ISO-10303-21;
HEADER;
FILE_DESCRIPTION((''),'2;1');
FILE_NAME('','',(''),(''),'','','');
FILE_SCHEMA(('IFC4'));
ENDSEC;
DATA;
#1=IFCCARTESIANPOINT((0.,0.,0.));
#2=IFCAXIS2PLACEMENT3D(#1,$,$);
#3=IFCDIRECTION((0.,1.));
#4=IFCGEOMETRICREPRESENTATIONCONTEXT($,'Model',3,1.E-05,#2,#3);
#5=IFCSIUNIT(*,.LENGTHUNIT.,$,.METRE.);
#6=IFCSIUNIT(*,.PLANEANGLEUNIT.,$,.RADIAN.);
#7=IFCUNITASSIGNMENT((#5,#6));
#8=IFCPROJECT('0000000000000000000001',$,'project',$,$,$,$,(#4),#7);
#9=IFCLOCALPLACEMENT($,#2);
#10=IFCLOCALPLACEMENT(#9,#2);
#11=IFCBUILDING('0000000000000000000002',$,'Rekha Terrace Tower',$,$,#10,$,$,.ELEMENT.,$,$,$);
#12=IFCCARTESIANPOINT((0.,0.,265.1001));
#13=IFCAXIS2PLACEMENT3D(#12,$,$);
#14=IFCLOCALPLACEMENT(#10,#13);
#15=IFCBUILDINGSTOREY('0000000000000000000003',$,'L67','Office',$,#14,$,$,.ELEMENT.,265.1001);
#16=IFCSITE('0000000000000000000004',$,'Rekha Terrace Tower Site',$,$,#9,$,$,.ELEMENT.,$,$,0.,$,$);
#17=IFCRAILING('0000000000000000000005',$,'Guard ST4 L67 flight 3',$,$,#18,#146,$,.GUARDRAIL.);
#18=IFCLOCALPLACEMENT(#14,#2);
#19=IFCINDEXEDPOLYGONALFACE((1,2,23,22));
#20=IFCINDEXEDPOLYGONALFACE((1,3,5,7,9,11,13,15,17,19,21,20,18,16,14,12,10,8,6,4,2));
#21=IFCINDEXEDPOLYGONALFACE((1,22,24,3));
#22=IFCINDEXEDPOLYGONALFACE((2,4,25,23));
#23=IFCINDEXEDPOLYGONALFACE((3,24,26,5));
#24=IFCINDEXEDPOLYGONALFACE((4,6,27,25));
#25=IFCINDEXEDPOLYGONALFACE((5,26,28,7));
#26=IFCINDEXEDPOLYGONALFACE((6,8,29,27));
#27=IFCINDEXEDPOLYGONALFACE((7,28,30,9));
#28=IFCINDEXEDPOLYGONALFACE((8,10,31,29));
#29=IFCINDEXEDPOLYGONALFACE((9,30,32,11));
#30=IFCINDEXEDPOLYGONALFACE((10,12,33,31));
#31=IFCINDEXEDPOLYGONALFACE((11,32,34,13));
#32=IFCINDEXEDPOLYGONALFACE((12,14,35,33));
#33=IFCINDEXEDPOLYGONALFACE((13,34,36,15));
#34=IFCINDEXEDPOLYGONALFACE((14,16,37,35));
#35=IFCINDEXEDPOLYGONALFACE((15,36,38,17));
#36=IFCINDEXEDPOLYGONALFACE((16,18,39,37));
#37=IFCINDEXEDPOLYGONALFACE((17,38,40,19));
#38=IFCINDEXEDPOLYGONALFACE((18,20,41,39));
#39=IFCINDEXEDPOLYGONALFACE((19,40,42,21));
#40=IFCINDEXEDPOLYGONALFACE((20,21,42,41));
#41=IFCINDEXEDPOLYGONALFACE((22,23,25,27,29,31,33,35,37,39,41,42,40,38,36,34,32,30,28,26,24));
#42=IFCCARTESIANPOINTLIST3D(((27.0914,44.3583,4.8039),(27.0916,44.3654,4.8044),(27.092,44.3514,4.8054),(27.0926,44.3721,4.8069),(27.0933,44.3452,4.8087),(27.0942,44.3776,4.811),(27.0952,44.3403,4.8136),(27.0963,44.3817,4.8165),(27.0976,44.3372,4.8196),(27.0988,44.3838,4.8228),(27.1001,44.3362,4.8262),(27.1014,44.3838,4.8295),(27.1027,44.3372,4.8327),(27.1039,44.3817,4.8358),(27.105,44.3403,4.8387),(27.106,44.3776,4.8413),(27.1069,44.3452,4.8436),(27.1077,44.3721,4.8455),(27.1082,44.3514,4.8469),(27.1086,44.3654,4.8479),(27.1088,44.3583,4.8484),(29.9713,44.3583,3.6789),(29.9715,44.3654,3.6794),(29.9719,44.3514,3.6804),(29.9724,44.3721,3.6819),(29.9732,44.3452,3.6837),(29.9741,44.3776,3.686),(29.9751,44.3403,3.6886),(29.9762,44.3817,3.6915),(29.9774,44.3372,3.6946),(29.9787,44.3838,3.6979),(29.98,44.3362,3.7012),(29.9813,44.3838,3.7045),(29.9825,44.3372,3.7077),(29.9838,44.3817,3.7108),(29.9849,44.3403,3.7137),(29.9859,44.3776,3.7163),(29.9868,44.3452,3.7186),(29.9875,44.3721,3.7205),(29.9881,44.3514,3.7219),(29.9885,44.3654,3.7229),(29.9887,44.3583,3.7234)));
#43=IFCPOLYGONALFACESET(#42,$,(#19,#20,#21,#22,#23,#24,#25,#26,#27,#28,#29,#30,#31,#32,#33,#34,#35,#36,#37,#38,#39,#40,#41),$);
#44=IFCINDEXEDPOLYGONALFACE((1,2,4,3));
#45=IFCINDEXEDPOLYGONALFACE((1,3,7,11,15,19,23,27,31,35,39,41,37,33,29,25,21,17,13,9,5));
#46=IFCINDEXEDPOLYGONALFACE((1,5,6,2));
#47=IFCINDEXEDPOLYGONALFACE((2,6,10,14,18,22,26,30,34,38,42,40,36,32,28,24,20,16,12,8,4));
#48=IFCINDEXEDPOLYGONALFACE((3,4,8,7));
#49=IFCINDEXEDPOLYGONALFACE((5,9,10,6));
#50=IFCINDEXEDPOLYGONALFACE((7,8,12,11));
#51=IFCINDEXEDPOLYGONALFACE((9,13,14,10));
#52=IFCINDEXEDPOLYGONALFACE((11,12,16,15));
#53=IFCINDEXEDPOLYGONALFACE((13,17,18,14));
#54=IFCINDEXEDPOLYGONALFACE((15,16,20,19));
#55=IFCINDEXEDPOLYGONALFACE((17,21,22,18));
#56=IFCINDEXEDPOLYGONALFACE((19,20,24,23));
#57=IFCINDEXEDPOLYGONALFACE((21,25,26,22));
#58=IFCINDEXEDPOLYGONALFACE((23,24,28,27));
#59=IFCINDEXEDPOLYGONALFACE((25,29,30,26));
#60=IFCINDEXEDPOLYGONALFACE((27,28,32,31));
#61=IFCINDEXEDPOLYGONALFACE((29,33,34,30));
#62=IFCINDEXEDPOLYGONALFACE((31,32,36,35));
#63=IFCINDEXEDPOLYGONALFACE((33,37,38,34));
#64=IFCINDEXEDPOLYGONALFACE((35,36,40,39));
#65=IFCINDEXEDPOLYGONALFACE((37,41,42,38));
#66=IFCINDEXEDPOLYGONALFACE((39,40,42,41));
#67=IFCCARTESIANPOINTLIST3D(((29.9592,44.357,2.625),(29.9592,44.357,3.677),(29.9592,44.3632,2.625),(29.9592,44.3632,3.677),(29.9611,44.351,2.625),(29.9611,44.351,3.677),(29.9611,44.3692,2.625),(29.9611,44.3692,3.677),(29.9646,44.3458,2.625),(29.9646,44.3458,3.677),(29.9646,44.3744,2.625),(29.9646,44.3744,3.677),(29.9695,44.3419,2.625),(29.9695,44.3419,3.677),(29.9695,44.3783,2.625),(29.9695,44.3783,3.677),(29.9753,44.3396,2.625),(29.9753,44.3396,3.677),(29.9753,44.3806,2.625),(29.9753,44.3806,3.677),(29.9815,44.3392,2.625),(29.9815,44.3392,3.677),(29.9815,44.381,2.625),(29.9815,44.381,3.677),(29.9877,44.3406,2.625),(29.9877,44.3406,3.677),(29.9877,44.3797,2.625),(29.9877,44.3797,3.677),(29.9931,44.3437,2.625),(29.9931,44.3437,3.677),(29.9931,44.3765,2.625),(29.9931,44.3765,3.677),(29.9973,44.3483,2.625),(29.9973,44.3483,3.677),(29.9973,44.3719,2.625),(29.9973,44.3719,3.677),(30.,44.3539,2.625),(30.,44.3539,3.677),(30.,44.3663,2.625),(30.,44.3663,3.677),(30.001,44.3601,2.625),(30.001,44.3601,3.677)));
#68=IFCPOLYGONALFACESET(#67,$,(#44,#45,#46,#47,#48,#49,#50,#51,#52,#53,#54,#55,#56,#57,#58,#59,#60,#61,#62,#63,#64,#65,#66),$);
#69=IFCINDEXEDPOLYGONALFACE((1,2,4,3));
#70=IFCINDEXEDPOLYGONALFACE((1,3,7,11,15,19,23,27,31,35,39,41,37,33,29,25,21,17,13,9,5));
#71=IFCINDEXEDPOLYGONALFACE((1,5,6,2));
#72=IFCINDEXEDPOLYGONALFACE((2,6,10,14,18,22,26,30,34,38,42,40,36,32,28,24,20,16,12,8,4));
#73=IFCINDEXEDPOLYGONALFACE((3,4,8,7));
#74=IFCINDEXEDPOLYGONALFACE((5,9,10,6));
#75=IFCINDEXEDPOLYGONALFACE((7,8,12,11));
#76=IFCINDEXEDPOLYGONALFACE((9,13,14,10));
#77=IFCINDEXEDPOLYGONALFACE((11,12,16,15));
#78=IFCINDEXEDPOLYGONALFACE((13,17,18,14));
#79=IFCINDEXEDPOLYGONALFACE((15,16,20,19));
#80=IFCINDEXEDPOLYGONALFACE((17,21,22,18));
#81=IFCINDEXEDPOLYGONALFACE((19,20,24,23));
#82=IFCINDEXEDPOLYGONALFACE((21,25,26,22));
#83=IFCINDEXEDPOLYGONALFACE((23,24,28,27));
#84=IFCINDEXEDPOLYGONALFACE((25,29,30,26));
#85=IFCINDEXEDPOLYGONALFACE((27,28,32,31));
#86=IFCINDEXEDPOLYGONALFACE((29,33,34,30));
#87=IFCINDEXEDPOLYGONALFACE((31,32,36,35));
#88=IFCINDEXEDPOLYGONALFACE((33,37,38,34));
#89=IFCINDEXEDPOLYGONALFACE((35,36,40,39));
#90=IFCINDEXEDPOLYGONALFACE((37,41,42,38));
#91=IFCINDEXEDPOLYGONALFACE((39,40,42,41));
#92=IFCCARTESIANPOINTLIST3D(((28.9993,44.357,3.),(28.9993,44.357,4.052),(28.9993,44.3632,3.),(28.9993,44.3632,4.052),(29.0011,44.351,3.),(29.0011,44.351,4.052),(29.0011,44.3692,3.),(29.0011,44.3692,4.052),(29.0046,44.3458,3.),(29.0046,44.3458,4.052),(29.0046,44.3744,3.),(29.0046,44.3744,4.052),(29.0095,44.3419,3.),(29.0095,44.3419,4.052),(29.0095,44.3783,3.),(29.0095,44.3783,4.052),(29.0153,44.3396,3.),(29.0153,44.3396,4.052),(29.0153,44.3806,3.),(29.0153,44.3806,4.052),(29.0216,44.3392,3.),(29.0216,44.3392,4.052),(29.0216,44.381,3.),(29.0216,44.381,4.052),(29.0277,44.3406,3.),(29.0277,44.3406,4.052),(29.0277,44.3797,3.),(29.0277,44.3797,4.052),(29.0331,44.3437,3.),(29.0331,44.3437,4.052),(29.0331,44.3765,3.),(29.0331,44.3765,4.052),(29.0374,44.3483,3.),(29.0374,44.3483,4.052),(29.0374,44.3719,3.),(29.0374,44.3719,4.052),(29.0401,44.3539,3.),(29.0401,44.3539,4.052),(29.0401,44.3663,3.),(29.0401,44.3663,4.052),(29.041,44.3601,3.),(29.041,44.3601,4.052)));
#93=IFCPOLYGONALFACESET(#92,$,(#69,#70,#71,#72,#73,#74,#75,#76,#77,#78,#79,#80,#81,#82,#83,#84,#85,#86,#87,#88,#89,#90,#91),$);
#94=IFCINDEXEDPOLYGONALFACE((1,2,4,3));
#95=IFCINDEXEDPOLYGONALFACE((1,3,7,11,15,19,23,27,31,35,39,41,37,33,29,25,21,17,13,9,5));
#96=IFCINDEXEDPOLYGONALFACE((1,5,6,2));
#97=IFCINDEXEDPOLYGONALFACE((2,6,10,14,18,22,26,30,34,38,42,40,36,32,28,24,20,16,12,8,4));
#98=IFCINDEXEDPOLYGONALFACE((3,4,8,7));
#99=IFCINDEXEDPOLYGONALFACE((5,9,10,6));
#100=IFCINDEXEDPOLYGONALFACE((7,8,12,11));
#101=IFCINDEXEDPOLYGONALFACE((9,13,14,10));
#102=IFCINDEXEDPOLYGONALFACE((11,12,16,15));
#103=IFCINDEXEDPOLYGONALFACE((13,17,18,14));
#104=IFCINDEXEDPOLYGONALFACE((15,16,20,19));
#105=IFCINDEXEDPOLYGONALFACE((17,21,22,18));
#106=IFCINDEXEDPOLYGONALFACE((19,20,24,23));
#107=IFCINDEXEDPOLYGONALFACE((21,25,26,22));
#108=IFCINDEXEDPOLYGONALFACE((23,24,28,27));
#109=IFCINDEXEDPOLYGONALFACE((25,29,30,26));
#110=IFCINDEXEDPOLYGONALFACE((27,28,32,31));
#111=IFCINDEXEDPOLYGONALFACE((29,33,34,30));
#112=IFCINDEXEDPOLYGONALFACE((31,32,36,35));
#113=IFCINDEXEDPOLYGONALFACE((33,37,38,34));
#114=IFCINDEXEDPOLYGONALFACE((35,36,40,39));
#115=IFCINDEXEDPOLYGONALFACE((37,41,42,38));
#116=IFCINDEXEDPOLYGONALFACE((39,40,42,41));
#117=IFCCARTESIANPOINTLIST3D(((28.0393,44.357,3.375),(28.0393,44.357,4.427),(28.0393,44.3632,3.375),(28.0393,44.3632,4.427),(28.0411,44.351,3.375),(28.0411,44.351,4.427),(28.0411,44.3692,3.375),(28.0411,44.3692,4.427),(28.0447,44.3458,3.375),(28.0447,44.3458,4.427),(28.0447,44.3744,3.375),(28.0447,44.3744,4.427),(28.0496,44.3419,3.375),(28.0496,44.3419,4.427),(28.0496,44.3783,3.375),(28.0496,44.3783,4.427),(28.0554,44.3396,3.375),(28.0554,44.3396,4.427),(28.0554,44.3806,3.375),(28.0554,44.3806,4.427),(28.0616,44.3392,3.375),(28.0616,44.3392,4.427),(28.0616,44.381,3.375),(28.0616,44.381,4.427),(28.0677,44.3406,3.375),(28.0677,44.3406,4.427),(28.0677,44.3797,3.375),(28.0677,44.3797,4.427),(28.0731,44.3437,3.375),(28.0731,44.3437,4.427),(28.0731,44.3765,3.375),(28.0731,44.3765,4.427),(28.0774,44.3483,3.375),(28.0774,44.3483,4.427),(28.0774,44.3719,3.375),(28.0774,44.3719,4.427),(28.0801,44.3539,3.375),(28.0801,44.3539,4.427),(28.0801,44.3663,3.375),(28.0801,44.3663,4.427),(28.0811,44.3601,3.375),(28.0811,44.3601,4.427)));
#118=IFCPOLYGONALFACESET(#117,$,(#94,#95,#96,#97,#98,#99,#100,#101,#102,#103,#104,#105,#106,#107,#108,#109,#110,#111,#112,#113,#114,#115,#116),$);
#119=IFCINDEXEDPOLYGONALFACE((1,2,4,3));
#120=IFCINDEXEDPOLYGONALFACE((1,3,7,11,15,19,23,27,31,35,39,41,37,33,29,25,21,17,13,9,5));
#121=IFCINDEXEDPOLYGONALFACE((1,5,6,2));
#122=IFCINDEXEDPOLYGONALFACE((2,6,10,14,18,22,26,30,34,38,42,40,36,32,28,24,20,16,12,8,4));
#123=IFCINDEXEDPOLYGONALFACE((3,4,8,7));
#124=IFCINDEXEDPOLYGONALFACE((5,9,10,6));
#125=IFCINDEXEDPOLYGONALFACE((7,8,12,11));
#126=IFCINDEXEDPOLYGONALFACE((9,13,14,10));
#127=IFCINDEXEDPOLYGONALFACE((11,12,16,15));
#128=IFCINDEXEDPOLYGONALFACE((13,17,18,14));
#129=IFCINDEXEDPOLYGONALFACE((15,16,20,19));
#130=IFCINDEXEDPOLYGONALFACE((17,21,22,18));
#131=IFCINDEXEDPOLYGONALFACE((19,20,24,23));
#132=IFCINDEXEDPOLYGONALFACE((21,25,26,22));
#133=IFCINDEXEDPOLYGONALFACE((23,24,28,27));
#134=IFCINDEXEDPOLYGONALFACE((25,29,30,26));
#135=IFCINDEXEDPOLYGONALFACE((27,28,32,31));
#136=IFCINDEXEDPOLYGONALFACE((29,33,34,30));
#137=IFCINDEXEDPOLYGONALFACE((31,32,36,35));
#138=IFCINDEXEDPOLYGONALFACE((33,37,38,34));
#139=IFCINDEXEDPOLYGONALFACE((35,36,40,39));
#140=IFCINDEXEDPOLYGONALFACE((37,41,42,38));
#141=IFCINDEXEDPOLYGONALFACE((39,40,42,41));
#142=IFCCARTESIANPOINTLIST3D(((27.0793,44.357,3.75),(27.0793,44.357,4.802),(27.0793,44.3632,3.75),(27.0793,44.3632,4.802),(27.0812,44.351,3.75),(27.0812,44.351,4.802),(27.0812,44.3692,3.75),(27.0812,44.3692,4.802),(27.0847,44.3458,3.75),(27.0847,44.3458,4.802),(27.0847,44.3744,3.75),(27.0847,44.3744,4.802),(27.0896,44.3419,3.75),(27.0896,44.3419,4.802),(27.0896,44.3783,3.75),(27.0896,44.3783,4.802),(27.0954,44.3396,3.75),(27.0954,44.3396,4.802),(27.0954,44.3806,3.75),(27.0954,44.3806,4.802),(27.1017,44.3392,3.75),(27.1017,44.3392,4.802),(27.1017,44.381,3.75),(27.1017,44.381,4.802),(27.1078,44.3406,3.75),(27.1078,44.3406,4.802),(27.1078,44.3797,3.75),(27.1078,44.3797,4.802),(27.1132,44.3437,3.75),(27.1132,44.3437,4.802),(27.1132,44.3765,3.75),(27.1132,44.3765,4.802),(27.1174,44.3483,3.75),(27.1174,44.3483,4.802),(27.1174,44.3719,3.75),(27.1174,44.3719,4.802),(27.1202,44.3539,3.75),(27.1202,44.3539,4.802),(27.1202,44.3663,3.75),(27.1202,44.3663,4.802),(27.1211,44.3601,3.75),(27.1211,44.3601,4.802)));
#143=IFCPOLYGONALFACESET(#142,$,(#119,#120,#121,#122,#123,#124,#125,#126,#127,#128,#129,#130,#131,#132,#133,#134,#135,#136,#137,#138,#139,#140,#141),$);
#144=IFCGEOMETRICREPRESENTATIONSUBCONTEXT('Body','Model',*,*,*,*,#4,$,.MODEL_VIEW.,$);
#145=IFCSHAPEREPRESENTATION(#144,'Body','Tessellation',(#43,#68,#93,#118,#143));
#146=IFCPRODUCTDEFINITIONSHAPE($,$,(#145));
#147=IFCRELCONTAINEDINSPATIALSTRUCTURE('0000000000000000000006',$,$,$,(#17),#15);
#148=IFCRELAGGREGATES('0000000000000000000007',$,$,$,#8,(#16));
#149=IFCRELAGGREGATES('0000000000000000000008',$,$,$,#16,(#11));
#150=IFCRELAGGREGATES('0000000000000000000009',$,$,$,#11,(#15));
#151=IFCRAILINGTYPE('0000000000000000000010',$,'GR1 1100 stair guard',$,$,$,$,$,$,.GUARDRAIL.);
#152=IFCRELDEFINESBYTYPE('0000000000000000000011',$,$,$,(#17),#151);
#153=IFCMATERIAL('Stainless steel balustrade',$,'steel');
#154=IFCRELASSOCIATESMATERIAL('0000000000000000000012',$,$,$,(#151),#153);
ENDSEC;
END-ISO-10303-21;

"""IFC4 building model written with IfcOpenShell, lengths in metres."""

from ifc_helpers import new_model, si_unit, direction, frame, origin, origin_2d, place, context, subcontext, project, spatial, circle, extrude, material, type_object, element, save


model = new_model("IFC4")

# Units and contexts
model_context = context("Model", 3, precision=1e-05, world=origin(), true_north=direction((0.0, 1.0)))
body_context = subcontext(model_context, "Body", "Model", "MODEL_VIEW")
ifc_project = project(units=[si_unit("LENGTHUNIT", "METRE"), si_unit("PLANEANGLEUNIT", "RADIAN")], contexts=[model_context])

# Site, building, storey
site_placement = place(None, origin())
site = spatial("IfcSite", under=ifc_project, at=site_placement, Name="Rekha Terrace Tower Site", CompositionType="ELEMENT", RefElevation=0.0)
building_placement = place(site_placement, origin())
building = spatial("IfcBuilding", under=site, at=building_placement, Name="Rekha Terrace Tower", CompositionType="ELEMENT")
storey_placement = place(building_placement, frame((0.0, 0.0, 265.1001)))
storey = spatial("IfcBuildingStorey", under=building, at=storey_placement, Name="L67", Description="Office", CompositionType="ELEMENT", Elevation=265.1001)

# Railing
ifc_material_1 = material(Name="Stainless steel balustrade", Category="steel")
railing_type_1 = type_object("IfcRailingType", Name="GR1 1100 stair guard", PredefinedType="GUARDRAIL", material=ifc_material_1)
railing_1_placement = place(storey_placement, frame((29.98, 44.3601, 2.625)))
element("IfcRailing", 1, at=railing_1_placement, inside=storey, type_object=railing_type_1, Name="Guard ST4 L67 flight 3", PredefinedType="GUARDRAIL", context=body_context, shape_type="SweptSolid", body=[
    extrude(circle(Radius=0.0239, at=origin_2d()), frame((0.0, 0.0, 1.0762), z_axis=(-0.931452, 0.0, 0.363863), x_axis=(0.0, -1.0, 0.0)), (0.0, 0.0, 1.0), 3.0918),
    extrude(circle(Radius=0.021, at=origin_2d()), origin(), (0.0, 0.0, 1.0), 1.052),
    extrude(circle(Radius=0.021, at=origin_2d()), frame((-0.96, 0.0, 0.375)), (0.0, 0.0, 1.0), 1.052),
    extrude(circle(Radius=0.021, at=origin_2d()), frame((-1.9199, 0.0, 0.75)), (0.0, 0.0, 1.0), 1.052),
    extrude(circle(Radius=0.021, at=origin_2d()), frame((-2.8799, 0.0, 1.125)), (0.0, 0.0, 1.0), 1.052),
])

save(model, "model.ifc")
